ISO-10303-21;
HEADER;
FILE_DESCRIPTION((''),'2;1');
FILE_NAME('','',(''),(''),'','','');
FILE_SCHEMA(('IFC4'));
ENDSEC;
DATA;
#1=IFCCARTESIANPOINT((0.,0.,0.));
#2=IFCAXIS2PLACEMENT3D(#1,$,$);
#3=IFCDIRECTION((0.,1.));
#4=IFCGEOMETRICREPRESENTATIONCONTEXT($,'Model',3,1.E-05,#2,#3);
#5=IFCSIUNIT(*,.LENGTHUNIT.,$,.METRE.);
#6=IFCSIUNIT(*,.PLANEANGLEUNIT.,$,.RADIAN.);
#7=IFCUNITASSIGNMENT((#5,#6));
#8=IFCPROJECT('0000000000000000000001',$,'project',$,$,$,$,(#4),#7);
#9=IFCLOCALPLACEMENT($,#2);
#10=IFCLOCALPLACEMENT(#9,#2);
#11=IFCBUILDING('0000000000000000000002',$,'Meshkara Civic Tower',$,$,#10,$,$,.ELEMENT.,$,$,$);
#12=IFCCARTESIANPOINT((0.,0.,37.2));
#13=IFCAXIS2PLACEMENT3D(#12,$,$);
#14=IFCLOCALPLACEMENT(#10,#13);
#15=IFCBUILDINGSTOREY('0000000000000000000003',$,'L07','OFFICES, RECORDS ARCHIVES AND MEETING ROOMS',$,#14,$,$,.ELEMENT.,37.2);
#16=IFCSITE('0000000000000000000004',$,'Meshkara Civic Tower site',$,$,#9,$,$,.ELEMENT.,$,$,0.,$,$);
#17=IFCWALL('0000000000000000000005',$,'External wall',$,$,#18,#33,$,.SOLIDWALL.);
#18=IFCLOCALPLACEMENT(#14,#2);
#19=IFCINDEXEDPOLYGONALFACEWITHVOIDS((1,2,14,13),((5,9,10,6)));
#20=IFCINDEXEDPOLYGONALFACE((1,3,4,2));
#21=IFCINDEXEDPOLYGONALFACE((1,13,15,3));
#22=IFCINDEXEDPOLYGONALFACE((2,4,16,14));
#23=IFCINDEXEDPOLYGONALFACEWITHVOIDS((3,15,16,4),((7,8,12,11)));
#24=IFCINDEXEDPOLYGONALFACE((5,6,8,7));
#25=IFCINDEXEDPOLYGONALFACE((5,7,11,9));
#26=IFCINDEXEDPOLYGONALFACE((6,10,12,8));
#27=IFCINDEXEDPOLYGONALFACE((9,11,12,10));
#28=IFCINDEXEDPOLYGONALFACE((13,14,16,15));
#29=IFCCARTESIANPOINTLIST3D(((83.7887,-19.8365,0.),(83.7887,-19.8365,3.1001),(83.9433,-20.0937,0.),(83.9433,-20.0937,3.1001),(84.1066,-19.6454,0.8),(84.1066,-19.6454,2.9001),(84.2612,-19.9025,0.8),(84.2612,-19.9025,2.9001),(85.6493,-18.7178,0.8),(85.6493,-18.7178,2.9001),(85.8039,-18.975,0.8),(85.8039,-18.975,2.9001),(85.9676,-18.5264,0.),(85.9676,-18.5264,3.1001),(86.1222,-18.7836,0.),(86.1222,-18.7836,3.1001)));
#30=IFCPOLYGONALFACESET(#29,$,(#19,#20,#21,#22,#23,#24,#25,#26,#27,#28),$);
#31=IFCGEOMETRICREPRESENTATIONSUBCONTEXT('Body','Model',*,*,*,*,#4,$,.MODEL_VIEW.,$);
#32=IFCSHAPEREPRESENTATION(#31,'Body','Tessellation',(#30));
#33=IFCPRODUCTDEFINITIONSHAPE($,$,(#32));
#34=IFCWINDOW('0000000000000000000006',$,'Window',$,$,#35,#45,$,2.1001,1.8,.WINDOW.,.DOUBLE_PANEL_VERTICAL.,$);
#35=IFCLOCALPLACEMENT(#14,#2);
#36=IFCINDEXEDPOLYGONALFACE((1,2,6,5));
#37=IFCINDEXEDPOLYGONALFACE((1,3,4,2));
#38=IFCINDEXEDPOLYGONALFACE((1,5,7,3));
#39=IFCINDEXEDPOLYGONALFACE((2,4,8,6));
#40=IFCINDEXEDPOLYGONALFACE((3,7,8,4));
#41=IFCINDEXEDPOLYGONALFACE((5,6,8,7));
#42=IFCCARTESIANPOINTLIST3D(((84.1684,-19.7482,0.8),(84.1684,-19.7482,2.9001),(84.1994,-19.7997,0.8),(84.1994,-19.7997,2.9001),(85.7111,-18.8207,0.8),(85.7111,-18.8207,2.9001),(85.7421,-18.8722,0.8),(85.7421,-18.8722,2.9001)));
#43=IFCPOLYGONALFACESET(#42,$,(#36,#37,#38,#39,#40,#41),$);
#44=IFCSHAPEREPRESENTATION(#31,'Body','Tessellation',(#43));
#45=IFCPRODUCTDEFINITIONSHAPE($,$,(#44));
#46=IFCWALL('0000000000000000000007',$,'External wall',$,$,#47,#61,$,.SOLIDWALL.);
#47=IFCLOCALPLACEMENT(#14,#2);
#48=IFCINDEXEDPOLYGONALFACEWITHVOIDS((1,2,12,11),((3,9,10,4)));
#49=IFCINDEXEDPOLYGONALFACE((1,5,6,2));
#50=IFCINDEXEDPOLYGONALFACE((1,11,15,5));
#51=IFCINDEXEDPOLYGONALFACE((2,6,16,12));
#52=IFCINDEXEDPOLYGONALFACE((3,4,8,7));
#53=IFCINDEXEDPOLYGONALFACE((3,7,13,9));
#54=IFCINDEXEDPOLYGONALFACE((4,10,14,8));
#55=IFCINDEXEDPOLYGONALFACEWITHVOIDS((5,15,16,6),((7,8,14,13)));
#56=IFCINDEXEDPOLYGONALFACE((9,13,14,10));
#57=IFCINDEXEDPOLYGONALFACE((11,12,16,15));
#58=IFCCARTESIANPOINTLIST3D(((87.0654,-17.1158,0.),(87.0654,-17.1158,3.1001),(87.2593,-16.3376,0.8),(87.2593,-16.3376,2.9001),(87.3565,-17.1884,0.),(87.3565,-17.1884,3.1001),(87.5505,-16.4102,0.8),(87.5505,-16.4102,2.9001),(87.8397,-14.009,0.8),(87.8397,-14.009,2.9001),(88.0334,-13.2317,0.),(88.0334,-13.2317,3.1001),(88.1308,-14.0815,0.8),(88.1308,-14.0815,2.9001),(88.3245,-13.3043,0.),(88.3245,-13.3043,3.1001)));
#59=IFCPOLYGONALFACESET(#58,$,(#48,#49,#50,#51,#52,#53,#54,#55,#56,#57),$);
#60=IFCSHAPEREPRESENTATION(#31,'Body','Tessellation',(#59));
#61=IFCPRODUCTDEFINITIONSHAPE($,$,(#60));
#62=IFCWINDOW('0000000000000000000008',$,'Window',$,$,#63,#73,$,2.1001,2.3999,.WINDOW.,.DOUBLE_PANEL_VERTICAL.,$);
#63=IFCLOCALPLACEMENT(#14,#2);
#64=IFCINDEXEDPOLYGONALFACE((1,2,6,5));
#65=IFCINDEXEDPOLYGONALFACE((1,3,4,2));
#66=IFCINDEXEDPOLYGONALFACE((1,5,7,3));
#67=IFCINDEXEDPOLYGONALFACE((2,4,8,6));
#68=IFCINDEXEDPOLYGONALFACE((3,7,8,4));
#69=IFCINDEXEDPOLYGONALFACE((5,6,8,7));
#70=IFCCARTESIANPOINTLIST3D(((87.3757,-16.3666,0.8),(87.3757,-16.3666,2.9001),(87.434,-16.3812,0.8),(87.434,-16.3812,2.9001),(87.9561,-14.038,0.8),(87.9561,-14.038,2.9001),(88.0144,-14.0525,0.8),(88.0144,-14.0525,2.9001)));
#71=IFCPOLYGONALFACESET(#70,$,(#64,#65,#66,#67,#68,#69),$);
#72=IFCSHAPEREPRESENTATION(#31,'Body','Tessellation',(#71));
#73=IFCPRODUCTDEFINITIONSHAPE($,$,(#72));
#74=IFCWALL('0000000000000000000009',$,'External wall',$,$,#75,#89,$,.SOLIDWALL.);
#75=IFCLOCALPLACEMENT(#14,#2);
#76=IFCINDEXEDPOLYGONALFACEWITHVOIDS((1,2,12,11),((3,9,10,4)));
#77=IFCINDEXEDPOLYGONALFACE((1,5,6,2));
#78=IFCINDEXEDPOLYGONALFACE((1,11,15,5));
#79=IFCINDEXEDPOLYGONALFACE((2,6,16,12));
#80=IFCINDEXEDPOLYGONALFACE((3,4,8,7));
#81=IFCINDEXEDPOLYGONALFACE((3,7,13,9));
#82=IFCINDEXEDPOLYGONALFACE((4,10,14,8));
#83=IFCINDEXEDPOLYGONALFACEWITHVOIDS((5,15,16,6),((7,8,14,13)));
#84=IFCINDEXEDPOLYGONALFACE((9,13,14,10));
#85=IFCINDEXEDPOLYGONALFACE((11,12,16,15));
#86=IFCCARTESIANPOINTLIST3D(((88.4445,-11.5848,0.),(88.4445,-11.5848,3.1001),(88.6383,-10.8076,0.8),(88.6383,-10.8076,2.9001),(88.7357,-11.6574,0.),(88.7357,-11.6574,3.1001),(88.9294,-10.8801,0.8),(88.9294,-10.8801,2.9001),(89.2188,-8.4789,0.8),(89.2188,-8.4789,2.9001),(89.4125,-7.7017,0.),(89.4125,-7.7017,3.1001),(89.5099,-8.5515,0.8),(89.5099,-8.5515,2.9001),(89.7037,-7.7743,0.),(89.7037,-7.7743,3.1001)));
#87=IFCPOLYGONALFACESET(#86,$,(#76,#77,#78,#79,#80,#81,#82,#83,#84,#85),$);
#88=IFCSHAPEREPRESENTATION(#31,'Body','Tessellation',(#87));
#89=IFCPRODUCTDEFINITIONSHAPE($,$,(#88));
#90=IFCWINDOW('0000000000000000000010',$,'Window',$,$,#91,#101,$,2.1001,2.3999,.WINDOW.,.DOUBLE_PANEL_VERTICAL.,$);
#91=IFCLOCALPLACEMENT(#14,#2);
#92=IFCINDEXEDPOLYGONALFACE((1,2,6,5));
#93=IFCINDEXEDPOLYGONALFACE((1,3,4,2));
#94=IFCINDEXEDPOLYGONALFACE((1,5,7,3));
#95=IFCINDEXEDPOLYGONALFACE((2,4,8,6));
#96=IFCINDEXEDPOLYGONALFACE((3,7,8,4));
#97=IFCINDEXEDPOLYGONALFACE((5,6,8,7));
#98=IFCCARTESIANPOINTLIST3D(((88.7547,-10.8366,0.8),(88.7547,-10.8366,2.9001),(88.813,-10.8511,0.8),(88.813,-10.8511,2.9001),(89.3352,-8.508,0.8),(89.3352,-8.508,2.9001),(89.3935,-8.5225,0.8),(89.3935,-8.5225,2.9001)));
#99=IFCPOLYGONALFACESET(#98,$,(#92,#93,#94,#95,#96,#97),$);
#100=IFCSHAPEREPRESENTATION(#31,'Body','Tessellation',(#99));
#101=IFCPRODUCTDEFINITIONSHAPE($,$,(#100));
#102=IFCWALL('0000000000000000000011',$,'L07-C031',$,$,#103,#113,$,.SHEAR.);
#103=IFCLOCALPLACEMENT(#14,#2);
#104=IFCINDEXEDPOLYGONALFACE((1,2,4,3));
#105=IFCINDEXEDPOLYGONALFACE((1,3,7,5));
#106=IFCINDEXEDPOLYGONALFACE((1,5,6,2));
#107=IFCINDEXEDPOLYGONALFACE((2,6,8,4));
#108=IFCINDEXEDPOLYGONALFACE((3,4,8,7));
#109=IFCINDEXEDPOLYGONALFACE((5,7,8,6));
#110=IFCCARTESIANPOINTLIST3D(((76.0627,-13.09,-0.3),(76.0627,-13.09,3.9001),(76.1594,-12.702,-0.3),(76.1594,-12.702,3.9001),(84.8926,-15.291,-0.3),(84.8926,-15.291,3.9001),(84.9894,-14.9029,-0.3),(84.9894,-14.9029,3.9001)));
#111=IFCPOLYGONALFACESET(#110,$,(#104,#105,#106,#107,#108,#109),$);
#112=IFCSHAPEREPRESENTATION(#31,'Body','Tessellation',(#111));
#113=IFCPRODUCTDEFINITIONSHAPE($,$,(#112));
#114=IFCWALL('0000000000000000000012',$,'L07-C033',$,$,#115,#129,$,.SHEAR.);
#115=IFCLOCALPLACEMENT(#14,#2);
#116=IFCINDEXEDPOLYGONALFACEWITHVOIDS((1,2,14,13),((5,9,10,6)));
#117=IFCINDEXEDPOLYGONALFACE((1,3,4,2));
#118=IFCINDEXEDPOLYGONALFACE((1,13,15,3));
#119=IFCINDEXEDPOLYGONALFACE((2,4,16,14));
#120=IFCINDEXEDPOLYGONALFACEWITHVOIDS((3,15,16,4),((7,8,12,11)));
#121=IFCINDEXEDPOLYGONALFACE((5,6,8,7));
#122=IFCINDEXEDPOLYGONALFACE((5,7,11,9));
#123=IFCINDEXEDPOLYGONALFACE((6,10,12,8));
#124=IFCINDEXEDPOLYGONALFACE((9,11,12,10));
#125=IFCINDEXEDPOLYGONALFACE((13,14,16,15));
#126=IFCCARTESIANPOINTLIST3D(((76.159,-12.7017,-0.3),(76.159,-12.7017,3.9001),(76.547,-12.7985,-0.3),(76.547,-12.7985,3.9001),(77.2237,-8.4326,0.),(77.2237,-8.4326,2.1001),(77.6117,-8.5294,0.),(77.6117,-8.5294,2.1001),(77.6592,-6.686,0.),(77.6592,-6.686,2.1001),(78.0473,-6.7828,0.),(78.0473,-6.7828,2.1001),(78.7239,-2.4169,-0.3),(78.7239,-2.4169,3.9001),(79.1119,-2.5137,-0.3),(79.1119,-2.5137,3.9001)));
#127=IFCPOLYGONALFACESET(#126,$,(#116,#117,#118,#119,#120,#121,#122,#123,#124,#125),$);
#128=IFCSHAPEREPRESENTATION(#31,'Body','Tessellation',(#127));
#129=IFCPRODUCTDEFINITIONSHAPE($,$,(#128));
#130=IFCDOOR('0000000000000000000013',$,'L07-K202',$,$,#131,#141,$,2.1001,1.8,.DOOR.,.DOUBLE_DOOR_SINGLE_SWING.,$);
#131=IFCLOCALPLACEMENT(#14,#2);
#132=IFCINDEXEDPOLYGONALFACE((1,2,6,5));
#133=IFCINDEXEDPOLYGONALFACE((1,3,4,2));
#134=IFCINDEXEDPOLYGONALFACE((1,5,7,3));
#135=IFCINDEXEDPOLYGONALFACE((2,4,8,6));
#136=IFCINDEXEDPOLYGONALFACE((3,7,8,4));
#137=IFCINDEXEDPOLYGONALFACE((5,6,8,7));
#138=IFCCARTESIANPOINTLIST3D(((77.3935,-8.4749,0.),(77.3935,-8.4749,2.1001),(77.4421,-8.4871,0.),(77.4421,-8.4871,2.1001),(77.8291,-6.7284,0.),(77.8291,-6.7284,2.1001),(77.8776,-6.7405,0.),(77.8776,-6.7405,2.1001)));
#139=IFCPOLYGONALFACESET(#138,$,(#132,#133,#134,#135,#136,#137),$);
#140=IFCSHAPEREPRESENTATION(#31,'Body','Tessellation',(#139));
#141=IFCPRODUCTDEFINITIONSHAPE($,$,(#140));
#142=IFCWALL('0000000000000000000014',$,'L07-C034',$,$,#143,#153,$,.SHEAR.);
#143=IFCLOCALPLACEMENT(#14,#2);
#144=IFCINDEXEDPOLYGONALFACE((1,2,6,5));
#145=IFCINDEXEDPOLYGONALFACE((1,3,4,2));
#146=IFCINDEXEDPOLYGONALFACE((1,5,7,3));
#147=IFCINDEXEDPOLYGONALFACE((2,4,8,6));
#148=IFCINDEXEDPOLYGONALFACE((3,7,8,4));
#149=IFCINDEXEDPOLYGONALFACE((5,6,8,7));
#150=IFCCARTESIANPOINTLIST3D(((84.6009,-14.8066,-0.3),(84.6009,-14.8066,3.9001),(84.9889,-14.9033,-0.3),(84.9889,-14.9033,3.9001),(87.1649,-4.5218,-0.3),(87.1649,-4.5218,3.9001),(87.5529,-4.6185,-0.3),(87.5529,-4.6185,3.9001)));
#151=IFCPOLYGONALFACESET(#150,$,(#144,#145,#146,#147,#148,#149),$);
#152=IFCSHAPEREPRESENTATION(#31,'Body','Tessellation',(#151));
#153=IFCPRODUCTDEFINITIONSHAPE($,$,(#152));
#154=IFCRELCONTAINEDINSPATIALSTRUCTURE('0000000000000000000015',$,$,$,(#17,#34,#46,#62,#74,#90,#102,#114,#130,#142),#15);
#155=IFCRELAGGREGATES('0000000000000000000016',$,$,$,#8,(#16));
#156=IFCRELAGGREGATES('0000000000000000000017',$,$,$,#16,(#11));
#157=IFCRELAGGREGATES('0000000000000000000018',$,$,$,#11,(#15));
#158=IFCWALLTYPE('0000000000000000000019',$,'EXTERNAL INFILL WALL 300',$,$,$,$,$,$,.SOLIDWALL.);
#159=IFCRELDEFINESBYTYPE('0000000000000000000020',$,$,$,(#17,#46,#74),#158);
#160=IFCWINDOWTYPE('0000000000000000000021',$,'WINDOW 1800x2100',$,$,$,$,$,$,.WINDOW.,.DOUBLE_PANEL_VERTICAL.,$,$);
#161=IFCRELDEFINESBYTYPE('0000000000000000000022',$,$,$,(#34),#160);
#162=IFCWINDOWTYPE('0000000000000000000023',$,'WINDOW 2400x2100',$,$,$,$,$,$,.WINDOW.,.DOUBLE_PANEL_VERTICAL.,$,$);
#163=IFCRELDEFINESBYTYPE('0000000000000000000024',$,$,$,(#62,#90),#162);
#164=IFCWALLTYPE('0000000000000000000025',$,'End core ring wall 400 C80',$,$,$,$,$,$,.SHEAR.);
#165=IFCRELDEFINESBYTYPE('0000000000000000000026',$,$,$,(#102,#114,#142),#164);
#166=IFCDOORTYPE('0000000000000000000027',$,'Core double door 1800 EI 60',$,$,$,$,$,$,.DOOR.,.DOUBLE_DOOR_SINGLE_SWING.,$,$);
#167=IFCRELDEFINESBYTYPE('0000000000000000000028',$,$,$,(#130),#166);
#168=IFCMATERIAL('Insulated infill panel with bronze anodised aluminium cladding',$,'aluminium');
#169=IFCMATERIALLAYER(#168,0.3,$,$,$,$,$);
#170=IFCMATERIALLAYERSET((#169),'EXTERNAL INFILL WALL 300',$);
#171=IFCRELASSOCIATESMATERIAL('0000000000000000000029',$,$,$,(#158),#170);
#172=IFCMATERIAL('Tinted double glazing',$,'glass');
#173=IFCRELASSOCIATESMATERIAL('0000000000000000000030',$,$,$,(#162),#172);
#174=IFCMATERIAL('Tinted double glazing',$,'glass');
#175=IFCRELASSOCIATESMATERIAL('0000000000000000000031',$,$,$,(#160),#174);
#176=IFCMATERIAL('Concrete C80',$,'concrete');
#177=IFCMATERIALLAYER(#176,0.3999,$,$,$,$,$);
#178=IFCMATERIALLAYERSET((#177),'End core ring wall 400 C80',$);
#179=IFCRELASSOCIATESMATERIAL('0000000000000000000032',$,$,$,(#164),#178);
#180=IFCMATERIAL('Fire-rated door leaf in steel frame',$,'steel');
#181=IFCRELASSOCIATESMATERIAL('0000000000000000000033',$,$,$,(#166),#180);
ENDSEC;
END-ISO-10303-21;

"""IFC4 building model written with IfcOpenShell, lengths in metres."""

from ifc_helpers import new_model, si_unit, direction, frame, frame_2d, origin, place, context, subcontext, project, spatial, rectangle, extrude, material, layer, layer_set, type_object, element, fill, save


model = new_model("IFC4")

# Units and contexts
model_context = context("Model", 3, precision=1e-05, world=origin(), true_north=direction((0.0, 1.0)))
body_context = subcontext(model_context, "Body", "Model", "MODEL_VIEW")
ifc_project = project(units=[si_unit("LENGTHUNIT", "METRE"), si_unit("PLANEANGLEUNIT", "RADIAN")], contexts=[model_context])

# Site, building, storey
site_placement = place(None, origin())
site = spatial("IfcSite", under=ifc_project, at=site_placement, Name="Meshkara Civic Tower site", CompositionType="ELEMENT", RefElevation=0.0)
building_placement = place(site_placement, origin())
building = spatial("IfcBuilding", under=site, at=building_placement, Name="Meshkara Civic Tower", CompositionType="ELEMENT")
storey_placement = place(building_placement, frame((0.0, 0.0, 37.2)))
storey = spatial("IfcBuildingStorey", under=building, at=storey_placement, Name="L07", Description="OFFICES, RECORDS ARCHIVES AND MEETING ROOMS", CompositionType="ELEMENT", Elevation=37.2)

# Walls, openings, windows
ifc_material_1 = material(Name="Insulated infill panel with bronze anodised aluminium cladding", Category="aluminium")
ifc_layer_1 = layer(ifc_material_1, 0.3)
ifc_layer_set_1 = layer_set([ifc_layer_1], Name="EXTERNAL INFILL WALL 300")
wall_type_1 = type_object("IfcWallType", Name="EXTERNAL INFILL WALL 300", PredefinedType="SOLIDWALL", material=ifc_layer_set_1)
ifc_material_2 = material(Name="Tinted double glazing", Category="glass")
window_type_1 = type_object("IfcWindowType", Name="WINDOW 2400x2100", PartitioningType="DOUBLE_PANEL_VERTICAL", PredefinedType="WINDOW", material=ifc_material_2)
wall_1_placement = place(storey_placement, frame((83.866, -19.9651, 0.0), z_axis=(0.0, 0.0, 1.0), x_axis=(0.857027, 0.515272, 0.0)))
wall_1 = element("IfcWall", 1, at=wall_1_placement, inside=storey, type_object=wall_type_1, Name="External wall", PredefinedType="SOLIDWALL", context=body_context, shape_type="SweptSolid", body=[
    extrude(rectangle(XDim=2.5425, YDim=0.3, at=frame_2d((1.2712, 0.0))), origin(), (0.0, 0.0, 1.0), 3.1001),
])
opening_1_placement = place(wall_1_placement, frame((0.3711, 0.0, 0.8)))
opening_1 = element("IfcOpeningElement", 2, at=opening_1_placement, cuts=wall_1, PredefinedType="OPENING", context=body_context, shape_type="SweptSolid", body=[
    extrude(rectangle(XDim=1.8, YDim=2.1001, at=frame_2d((0.8999, 1.05))), frame((0.0, 0.1599, 0.0), z_axis=(0.0, -1.0, 0.0), x_axis=(1.0, 0.0, 0.0)), (0.0, 0.0, 1.0), 0.3201),
])
ifc_material_3 = material(Name="Tinted double glazing", Category="glass")
window_type_2 = type_object("IfcWindowType", Name="WINDOW 1800x2100", PartitioningType="DOUBLE_PANEL_VERTICAL", PredefinedType="WINDOW", material=ifc_material_3)
window_1_placement = place(opening_1_placement, origin())
window_1 = element("IfcWindow", 3, at=window_1_placement, inside=storey, type_object=window_type_2, Name="Window", OverallHeight=2.1001, OverallWidth=1.8, PartitioningType="DOUBLE_PANEL_VERTICAL", PredefinedType="WINDOW", context=body_context, shape_type="SweptSolid", body=[
    extrude(rectangle(XDim=1.8, YDim=2.1001, at=frame_2d((0.8999, 1.05))), frame((0.0, 0.03, 0.0), z_axis=(0.0, -1.0, 0.0), x_axis=(1.0, 0.0, 0.0)), (0.0, 0.0, 1.0), 0.0601),
])
fill(opening_1, window_1)
wall_2_placement = place(storey_placement, frame((87.2109, -17.1521, 0.0), z_axis=(0.0, 0.0, 1.0), x_axis=(0.241832, 0.970318, 0.0)))
wall_2 = element("IfcWall", 4, at=wall_2_placement, inside=storey, type_object=wall_type_1, Name="External wall", PredefinedType="SOLIDWALL", context=body_context, shape_type="SweptSolid", body=[
    extrude(rectangle(XDim=4.0029, YDim=0.3, at=frame_2d((2.0015, 0.0))), origin(), (0.0, 0.0, 1.0), 3.1001),
])
opening_2_placement = place(wall_2_placement, frame((0.802, 0.0, 0.8)))
opening_2 = element("IfcOpeningElement", 5, at=opening_2_placement, cuts=wall_2, PredefinedType="OPENING", context=body_context, shape_type="SweptSolid", body=[
    extrude(rectangle(XDim=2.3999, YDim=2.1001, at=frame_2d((1.2, 1.05))), frame((0.0, 0.1599, 0.0), z_axis=(0.0, -1.0, 0.0), x_axis=(1.0, 0.0, 0.0)), (0.0, 0.0, 1.0), 0.3201),
])
window_2_placement = place(opening_2_placement, origin())
window_2 = element("IfcWindow", 6, at=window_2_placement, inside=storey, type_object=window_type_1, Name="Window", OverallHeight=2.1001, OverallWidth=2.3999, PartitioningType="DOUBLE_PANEL_VERTICAL", PredefinedType="WINDOW", context=body_context, shape_type="SweptSolid", body=[
    extrude(rectangle(XDim=2.3999, YDim=2.1001, at=frame_2d((1.2, 1.05))), frame((0.0, 0.03, 0.0), z_axis=(0.0, -1.0, 0.0), x_axis=(1.0, 0.0, 0.0)), (0.0, 0.0, 1.0), 0.0601),
])
fill(opening_2, window_2)
wall_3_placement = place(storey_placement, frame((88.5901, -11.6211, 0.0), z_axis=(0.0, 0.0, 1.0), x_axis=(0.24189, 0.970304, 0.0)))
wall_3 = element("IfcWall", 7, at=wall_3_placement, inside=storey, type_object=wall_type_1, Name="External wall", PredefinedType="SOLIDWALL", context=body_context, shape_type="SweptSolid", body=[
    extrude(rectangle(XDim=4.002, YDim=0.3, at=frame_2d((2.001, 0.0))), origin(), (0.0, 0.0, 1.0), 3.1001),
])
opening_3_placement = place(wall_3_placement, frame((0.801, 0.0, 0.8)))
opening_3 = element("IfcOpeningElement", 8, at=opening_3_placement, cuts=wall_3, PredefinedType="OPENING", context=body_context, shape_type="SweptSolid", body=[
    extrude(rectangle(XDim=2.3999, YDim=2.1001, at=frame_2d((1.2, 1.05))), frame((0.0, 0.1599, 0.0), z_axis=(0.0, -1.0, 0.0), x_axis=(1.0, 0.0, 0.0)), (0.0, 0.0, 1.0), 0.3201),
])
window_3_placement = place(opening_3_placement, origin())
window_3 = element("IfcWindow", 9, at=window_3_placement, inside=storey, type_object=window_type_1, Name="Window", OverallHeight=2.1001, OverallWidth=2.3999, PartitioningType="DOUBLE_PANEL_VERTICAL", PredefinedType="WINDOW", context=body_context, shape_type="SweptSolid", body=[
    extrude(rectangle(XDim=2.3999, YDim=2.1001, at=frame_2d((1.2, 1.05))), frame((0.0, 0.03, 0.0), z_axis=(0.0, -1.0, 0.0), x_axis=(1.0, 0.0, 0.0)), (0.0, 0.0, 1.0), 0.0601),
])
fill(opening_3, window_3)

# Wall
ifc_material_4 = material(Name="Concrete C80", Category="concrete")
ifc_layer_2 = layer(ifc_material_4, 0.3999)
ifc_layer_set_2 = layer_set([ifc_layer_2], Name="End core ring wall 400 C80")
wall_type_2 = type_object("IfcWallType", Name="End core ring wall 400 C80", PredefinedType="SHEAR", material=ifc_layer_set_2)
wall_4_placement = place(storey_placement, frame((76.1111, -12.896, -0.3), z_axis=(0.0, 0.0, 1.0), x_axis=(0.970311, -0.24186, 0.0)))
element("IfcWall", 10, at=wall_4_placement, inside=storey, type_object=wall_type_2, Name="L07-C031", PredefinedType="SHEAR", context=body_context, shape_type="SweptSolid", body=[
    extrude(rectangle(XDim=9.1001, YDim=0.3999, at=frame_2d((4.55, 0.0))), origin(), (0.0, 0.0, 1.0), 4.2002),
])

# Wall, opening, door
wall_5_placement = place(storey_placement, frame((76.353, -12.75, -0.3), z_axis=(0.0, 0.0, 1.0), x_axis=(0.241977, 0.970282, 0.0)))
wall_5 = element("IfcWall", 11, at=wall_5_placement, inside=storey, type_object=wall_type_2, Name="L07-C033", PredefinedType="SHEAR", context=body_context, shape_type="SweptSolid", body=[
    extrude(rectangle(XDim=10.5999, YDim=0.3999, at=frame_2d((5.2998, 0.0))), origin(), (0.0, 0.0, 1.0), 4.2002),
])
opening_4_placement = place(wall_5_placement, frame((4.3999, 0.0, 0.3)))
opening_4 = element("IfcOpeningElement", 12, at=opening_4_placement, cuts=wall_5, PredefinedType="OPENING", context=body_context, shape_type="SweptSolid", body=[
    extrude(rectangle(XDim=1.8, YDim=2.1001, at=frame_2d((0.8999, 1.05))), frame((0.0, 0.21, 0.0), z_axis=(0.0, -1.0, 0.0), x_axis=(1.0, 0.0, 0.0)), (0.0, 0.0, 1.0), 0.4199),
])
ifc_material_5 = material(Name="Fire-rated door leaf in steel frame", Category="steel")
door_type_1 = type_object("IfcDoorType", Name="Core double door 1800 EI 60", OperationType="DOUBLE_DOOR_SINGLE_SWING", PredefinedType="DOOR", material=ifc_material_5)
door_1_placement = place(opening_4_placement, origin())
door_1 = element("IfcDoor", 13, at=door_1_placement, inside=storey, type_object=door_type_1, Name="L07-K202", OperationType="DOUBLE_DOOR_SINGLE_SWING", OverallHeight=2.1001, OverallWidth=1.8, PredefinedType="DOOR", context=body_context, shape_type="SweptSolid", body=[
    extrude(rectangle(XDim=1.8, YDim=2.1001, at=frame_2d((0.8999, 1.05))), frame((0.0, 0.0249, 0.0), z_axis=(0.0, -1.0, 0.0), x_axis=(1.0, 0.0, 0.0)), (0.0, 0.0, 1.0), 0.05),
])
fill(opening_4, door_1)

# Wall
wall_6_placement = place(storey_placement, frame((84.7949, -14.855, -0.3), z_axis=(0.0, 0.0, 1.0), x_axis=(0.241891, 0.970304, 0.0)))
element("IfcWall", 14, at=wall_6_placement, inside=storey, type_object=wall_type_2, Name="L07-C034", PredefinedType="SHEAR", context=body_context, shape_type="SweptSolid", body=[
    extrude(rectangle(XDim=10.5996, YDim=0.3999, at=frame_2d((5.2998, 0.0))), origin(), (0.0, 0.0, 1.0), 4.2002),
])

save(model, "model.ifc")
